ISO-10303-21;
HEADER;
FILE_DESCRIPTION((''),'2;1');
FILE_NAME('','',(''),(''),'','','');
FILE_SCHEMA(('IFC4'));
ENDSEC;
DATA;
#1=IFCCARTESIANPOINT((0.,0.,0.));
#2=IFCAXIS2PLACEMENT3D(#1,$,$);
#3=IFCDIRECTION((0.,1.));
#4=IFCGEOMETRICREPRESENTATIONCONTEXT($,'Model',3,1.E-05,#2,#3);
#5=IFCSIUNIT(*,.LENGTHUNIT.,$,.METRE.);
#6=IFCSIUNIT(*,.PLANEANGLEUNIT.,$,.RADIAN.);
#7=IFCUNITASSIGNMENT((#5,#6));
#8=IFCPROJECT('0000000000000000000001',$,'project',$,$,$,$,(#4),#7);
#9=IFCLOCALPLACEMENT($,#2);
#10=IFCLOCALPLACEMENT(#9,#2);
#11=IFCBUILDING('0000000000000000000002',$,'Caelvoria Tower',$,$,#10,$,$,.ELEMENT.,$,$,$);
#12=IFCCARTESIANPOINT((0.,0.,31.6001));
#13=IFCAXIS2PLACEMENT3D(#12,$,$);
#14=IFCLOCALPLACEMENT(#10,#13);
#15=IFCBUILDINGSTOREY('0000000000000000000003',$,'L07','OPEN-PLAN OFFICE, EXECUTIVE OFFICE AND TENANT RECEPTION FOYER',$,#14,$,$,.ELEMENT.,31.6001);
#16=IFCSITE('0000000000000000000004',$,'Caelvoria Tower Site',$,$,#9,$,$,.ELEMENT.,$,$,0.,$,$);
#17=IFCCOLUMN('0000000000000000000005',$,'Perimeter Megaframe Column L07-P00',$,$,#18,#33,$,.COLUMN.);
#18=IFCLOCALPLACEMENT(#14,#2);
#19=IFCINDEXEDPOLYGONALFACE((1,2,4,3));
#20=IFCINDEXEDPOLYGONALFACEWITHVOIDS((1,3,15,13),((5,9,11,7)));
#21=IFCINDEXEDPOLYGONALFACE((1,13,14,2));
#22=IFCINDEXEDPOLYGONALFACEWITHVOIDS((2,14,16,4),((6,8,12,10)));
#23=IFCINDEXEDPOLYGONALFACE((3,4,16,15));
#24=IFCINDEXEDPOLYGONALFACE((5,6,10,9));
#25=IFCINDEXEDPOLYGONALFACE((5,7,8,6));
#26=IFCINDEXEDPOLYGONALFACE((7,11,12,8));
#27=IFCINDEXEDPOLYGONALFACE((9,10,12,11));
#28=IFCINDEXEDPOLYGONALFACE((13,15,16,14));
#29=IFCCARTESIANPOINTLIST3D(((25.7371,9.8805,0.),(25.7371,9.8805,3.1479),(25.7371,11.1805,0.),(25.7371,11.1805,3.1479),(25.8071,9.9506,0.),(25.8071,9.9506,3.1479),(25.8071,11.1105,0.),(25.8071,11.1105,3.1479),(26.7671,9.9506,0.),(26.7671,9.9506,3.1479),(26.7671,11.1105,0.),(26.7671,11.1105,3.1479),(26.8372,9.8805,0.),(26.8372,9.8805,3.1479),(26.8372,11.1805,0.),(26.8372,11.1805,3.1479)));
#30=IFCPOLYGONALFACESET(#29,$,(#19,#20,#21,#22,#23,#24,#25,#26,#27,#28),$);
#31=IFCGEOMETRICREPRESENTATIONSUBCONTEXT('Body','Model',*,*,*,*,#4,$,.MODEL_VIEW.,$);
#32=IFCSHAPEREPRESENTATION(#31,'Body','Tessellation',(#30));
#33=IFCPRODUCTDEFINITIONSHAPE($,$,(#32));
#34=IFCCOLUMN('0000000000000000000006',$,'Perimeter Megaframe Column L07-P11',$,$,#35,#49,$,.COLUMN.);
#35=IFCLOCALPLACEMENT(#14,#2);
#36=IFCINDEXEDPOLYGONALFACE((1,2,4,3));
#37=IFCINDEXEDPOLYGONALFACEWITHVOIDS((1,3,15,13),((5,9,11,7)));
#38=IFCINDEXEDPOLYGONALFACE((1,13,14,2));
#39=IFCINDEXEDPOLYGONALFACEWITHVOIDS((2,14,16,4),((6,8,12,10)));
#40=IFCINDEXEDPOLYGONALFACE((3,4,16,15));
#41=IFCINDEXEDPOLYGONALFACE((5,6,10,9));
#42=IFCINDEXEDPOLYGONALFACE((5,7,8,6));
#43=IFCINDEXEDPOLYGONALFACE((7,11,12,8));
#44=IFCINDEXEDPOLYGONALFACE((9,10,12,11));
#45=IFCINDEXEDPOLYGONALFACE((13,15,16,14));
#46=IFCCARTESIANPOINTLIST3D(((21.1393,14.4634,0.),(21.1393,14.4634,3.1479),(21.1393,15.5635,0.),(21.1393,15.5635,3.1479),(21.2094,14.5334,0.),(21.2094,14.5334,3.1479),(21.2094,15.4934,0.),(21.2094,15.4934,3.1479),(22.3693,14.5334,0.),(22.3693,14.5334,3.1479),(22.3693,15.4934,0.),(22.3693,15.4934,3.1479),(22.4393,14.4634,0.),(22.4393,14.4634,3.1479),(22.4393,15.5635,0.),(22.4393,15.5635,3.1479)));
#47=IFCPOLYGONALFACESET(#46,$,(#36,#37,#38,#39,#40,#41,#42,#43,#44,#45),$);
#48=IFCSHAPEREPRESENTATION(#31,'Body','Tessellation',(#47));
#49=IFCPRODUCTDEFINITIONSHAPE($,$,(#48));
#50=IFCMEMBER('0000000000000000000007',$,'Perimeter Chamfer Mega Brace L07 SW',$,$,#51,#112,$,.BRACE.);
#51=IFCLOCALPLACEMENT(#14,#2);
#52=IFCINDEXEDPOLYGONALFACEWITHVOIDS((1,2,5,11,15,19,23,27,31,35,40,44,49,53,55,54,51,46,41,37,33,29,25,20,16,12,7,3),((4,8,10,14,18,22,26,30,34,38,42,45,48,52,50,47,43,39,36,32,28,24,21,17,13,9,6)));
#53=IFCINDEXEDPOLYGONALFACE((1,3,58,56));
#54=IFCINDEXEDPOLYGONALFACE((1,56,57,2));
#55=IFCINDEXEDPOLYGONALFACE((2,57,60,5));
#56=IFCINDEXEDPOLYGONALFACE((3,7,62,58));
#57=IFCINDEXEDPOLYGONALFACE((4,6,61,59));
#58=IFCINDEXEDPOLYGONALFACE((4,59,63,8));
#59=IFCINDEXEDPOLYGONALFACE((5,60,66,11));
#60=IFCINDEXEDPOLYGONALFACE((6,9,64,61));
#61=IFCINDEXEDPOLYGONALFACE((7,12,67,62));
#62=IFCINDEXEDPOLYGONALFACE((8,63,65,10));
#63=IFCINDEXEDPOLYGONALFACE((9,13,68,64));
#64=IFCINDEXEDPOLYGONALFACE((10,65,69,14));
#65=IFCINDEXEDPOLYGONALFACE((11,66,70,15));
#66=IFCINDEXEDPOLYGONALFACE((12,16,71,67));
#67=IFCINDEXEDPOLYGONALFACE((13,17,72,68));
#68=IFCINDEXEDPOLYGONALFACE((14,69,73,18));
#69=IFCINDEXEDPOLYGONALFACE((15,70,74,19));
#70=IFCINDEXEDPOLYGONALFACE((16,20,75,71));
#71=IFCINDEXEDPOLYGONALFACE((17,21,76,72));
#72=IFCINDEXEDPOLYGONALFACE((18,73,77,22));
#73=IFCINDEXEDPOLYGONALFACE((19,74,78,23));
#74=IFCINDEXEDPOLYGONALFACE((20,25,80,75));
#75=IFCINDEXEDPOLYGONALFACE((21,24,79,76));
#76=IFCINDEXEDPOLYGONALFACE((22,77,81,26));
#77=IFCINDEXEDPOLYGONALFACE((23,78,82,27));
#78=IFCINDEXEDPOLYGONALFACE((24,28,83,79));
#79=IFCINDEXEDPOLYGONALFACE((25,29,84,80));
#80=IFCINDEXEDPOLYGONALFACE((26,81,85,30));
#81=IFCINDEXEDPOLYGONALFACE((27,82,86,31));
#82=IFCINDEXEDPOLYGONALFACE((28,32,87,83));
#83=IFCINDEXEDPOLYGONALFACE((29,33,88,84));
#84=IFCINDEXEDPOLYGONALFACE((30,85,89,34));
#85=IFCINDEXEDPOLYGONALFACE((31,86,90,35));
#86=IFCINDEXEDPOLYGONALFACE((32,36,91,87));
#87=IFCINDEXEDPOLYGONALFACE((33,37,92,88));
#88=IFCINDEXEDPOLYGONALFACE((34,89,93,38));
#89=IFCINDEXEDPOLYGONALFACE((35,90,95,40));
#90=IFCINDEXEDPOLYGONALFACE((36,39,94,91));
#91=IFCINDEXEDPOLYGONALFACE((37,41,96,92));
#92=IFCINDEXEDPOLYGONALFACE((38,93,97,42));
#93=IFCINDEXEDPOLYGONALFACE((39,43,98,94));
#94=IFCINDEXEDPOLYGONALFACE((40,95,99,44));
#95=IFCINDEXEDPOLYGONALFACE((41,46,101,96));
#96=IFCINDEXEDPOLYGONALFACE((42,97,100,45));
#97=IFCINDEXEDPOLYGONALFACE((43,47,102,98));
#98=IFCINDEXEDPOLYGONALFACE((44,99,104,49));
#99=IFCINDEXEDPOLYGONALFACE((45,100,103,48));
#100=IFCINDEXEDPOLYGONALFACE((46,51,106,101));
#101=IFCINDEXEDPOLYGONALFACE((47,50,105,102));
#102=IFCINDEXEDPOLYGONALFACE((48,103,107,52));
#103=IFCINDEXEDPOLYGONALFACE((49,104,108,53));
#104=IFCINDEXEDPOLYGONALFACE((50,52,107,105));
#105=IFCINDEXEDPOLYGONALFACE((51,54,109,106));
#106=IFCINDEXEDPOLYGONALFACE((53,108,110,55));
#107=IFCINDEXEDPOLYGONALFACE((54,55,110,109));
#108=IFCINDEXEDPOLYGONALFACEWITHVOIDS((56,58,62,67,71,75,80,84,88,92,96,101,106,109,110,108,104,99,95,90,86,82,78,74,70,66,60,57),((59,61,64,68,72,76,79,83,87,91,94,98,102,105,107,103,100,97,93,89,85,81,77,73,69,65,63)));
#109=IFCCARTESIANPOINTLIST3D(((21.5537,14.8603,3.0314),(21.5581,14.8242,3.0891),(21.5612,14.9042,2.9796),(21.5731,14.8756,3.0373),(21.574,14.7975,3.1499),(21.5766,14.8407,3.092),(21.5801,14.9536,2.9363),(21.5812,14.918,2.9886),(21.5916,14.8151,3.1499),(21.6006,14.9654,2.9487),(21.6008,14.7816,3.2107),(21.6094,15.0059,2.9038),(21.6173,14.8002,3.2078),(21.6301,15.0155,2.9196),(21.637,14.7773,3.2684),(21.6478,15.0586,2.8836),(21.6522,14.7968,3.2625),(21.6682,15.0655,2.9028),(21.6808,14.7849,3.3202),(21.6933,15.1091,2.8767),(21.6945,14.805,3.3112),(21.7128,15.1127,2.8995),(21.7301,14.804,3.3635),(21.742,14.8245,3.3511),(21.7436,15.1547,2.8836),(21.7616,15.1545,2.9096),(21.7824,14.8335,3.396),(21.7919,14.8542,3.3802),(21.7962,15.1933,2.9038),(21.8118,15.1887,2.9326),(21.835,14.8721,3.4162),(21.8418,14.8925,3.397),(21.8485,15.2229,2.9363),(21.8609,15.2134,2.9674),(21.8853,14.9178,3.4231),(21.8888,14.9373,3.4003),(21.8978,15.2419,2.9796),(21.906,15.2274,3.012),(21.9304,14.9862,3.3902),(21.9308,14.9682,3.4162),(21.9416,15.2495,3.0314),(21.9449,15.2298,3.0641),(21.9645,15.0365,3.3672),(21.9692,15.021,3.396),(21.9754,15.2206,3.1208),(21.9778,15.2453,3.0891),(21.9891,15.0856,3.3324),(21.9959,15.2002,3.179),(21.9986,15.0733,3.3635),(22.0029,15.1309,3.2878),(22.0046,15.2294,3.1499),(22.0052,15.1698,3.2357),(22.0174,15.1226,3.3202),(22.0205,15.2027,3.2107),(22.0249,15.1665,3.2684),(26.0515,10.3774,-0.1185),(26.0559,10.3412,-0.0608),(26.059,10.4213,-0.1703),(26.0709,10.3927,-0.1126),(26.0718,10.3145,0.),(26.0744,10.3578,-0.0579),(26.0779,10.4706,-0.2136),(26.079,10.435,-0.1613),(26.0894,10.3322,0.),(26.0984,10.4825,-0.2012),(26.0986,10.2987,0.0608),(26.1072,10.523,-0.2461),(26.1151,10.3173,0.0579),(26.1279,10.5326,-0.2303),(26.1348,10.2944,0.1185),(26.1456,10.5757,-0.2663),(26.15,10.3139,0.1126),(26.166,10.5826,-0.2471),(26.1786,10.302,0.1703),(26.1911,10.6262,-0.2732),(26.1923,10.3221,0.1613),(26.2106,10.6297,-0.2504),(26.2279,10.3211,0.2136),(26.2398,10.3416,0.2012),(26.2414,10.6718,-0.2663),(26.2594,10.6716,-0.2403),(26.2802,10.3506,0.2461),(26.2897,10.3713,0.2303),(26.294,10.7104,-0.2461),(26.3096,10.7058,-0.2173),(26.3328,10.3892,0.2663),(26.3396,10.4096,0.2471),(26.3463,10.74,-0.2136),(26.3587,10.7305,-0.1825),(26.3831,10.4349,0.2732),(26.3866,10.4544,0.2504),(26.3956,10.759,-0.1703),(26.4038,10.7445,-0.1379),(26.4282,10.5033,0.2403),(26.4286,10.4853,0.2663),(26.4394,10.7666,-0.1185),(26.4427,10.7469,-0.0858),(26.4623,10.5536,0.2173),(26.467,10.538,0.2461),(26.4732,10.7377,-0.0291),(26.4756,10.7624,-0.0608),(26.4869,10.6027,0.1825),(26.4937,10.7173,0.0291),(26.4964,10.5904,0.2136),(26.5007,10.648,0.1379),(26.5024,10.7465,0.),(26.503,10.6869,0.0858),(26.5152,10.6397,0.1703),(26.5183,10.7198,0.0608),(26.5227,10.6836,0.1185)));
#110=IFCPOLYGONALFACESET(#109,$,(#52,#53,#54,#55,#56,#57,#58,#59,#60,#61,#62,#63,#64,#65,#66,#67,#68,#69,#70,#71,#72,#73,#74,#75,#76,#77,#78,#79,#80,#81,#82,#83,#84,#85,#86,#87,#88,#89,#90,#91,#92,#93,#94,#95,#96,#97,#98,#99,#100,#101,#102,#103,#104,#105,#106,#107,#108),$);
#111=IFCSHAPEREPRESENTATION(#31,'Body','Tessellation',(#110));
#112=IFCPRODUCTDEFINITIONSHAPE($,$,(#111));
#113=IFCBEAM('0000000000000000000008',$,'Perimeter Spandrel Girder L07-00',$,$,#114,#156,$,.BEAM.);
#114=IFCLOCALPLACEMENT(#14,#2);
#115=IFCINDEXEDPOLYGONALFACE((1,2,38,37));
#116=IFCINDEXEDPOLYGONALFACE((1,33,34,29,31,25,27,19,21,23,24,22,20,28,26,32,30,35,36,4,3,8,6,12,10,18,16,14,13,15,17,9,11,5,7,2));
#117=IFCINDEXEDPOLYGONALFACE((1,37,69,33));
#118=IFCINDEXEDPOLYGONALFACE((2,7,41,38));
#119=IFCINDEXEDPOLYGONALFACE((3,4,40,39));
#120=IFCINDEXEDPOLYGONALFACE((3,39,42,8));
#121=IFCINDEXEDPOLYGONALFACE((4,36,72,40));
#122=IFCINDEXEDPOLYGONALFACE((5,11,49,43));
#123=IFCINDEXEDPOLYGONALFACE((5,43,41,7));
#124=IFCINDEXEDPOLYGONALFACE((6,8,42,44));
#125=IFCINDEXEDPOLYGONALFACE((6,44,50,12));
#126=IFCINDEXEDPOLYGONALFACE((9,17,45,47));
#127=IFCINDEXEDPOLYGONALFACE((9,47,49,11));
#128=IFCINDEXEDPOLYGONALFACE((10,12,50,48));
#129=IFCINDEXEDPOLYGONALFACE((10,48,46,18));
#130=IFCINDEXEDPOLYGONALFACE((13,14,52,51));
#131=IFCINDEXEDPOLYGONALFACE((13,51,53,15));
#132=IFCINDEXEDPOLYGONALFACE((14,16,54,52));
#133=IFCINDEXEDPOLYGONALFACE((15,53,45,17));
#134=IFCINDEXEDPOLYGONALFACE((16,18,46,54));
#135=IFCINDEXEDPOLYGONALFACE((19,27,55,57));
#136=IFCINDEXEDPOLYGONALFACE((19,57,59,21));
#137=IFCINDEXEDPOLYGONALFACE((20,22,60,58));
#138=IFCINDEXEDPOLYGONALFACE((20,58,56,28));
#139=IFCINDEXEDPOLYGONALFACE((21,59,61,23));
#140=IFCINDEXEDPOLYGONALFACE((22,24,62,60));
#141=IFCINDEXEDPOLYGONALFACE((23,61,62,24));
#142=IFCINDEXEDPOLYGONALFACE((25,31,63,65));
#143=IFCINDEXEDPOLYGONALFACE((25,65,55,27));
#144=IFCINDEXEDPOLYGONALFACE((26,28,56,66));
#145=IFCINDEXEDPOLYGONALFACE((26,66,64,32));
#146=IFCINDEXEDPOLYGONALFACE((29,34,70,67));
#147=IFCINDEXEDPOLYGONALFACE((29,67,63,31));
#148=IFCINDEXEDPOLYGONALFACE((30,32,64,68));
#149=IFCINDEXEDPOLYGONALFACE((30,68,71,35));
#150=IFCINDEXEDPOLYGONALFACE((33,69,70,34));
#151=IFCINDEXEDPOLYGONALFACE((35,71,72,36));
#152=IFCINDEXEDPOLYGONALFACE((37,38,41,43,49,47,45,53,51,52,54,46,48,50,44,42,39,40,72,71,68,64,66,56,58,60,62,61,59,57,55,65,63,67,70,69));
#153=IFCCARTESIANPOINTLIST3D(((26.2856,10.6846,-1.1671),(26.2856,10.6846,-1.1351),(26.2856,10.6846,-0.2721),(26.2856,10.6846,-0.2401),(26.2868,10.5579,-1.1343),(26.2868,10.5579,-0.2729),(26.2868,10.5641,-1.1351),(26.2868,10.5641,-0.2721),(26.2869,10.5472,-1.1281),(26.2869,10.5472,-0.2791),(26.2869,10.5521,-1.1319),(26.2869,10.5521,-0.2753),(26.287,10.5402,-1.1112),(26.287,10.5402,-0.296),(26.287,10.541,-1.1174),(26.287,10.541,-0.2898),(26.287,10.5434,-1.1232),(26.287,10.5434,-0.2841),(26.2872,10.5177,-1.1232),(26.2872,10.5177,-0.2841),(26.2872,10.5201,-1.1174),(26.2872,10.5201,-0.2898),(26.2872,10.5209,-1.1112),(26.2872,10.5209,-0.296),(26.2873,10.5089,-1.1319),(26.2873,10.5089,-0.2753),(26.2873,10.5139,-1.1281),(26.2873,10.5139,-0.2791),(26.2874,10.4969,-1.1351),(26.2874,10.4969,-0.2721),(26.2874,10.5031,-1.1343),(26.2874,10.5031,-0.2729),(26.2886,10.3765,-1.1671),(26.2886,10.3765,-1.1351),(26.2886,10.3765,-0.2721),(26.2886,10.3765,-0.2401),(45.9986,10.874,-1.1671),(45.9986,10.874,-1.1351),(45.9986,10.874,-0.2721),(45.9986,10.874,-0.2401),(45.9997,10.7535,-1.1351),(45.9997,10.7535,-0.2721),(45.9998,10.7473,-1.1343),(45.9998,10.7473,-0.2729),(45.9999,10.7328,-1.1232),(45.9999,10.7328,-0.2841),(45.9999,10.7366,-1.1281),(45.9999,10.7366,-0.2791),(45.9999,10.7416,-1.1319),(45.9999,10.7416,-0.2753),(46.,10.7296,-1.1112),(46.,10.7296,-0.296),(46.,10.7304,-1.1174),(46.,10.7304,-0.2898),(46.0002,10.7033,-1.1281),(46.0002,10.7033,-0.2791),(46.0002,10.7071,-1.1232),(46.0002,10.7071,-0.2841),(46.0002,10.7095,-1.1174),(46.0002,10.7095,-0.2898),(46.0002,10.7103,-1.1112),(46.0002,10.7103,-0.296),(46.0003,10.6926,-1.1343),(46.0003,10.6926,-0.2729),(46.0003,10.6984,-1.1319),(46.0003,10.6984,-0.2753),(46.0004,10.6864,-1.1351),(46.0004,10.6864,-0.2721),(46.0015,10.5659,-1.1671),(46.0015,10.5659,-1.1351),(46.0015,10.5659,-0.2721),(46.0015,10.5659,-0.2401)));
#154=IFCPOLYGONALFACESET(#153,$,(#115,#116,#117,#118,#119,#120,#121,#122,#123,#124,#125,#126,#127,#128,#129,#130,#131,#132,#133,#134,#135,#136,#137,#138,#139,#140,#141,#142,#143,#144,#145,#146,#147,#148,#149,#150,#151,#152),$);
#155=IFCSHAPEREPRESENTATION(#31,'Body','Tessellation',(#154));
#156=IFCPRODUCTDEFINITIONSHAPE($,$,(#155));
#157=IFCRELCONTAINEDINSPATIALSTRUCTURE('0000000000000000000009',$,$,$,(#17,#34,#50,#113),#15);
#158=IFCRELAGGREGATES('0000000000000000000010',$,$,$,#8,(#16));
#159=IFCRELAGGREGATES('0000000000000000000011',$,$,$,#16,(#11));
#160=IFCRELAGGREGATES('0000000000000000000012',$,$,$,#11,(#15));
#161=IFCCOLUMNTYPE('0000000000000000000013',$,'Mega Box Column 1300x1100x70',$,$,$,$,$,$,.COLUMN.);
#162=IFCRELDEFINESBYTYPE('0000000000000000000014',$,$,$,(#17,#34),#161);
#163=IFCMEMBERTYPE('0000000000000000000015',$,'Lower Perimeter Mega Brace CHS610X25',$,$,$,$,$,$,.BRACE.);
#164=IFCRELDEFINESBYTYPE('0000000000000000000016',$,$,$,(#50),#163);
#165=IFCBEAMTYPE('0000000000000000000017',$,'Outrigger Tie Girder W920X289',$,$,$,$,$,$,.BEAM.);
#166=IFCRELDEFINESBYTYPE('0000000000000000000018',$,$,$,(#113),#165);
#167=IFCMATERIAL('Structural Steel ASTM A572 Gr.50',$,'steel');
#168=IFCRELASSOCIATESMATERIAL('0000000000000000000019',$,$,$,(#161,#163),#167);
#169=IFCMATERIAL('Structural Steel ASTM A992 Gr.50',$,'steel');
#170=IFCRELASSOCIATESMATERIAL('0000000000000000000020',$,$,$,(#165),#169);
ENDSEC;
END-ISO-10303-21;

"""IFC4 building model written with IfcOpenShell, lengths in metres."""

from ifc_helpers import new_model, si_unit, direction, frame, origin, origin_2d, place, context, subcontext, project, spatial, hollow_rectangle, hollow_circle, i_section, extrude, material, material_profile, profile_set, type_object, element, save


model = new_model("IFC4")

# Units and contexts
model_context = context("Model", 3, precision=1e-05, world=origin(), true_north=direction((0.0, 1.0)))
body_context = subcontext(model_context, "Body", "Model", "MODEL_VIEW")
ifc_project = project(units=[si_unit("LENGTHUNIT", "METRE"), si_unit("PLANEANGLEUNIT", "RADIAN")], contexts=[model_context])

# Site, building, storey
site_placement = place(None, origin())
site = spatial("IfcSite", under=ifc_project, at=site_placement, Name="Caelvoria Tower Site", CompositionType="ELEMENT", RefElevation=0.0)
building_placement = place(site_placement, origin())
building = spatial("IfcBuilding", under=site, at=building_placement, Name="Caelvoria Tower", CompositionType="ELEMENT")
storey_placement = place(building_placement, frame((0.0, 0.0, 31.6001)))
storey = spatial("IfcBuildingStorey", under=building, at=storey_placement, Name="L07", Description="OPEN-PLAN OFFICE, EXECUTIVE OFFICE AND TENANT RECEPTION FOYER", CompositionType="ELEMENT", Elevation=31.6001)

# Columns
ifc_material_1 = material(Name="Structural Steel ASTM A572 Gr.50", Category="steel")
ifc_material_profile_1 = material_profile(ifc_material_1, hollow_rectangle(XDim=1.1001, YDim=1.3, WallThickness=0.0701, at=origin_2d()), Name="Structural Steel ASTM A572 Gr.50")
ifc_profile_set_1 = profile_set([ifc_material_profile_1], Name="BOX1300X1100X70 - Structural Steel ASTM A572 Gr.50")
column_type = type_object("IfcColumnType", Name="Mega Box Column 1300x1100x70", PredefinedType="COLUMN", material=ifc_profile_set_1)
for number, where, z_axis, x_axis, name in (
    (1, (26.2871, 10.5305, 0.0), (0.0, 0.0, 1.0), (1.0, 0.0, 0.0), "Perimeter Megaframe Column L07-P00"),
    (2, (21.7893, 15.0134, 0.0), (0.0, 0.0, 1.0), (0.0, 1.0, 0.0), "Perimeter Megaframe Column L07-P11"),
):
    element("IfcColumn", number, at=place(storey_placement, frame(where, z_axis=z_axis, x_axis=x_axis)), inside=storey, type_object=column_type, Name=name, PredefinedType="COLUMN", context=body_context, shape_type="SweptSolid", body=[
        extrude(hollow_rectangle(XDim=1.1001, YDim=1.3, WallThickness=0.0701, at=origin_2d()), origin(), (0.0, 0.0, 1.0), 3.1479),
    ])

# Member
ifc_material_profile_2 = material_profile(ifc_material_1, hollow_circle(Radius=0.3049, WallThickness=0.0249, at=origin_2d()), Name="Structural Steel ASTM A572 Gr.50")
ifc_profile_set_2 = profile_set([ifc_material_profile_2], Name="CHS610X25 - Structural Steel ASTM A572 Gr.50")
member_type = type_object("IfcMemberType", Name="Lower Perimeter Mega Brace CHS610X25", PredefinedType="BRACE", material=ifc_profile_set_2)
member_placement = place(storey_placement, frame((26.2871, 10.5305, 0.0), z_axis=(-0.63451, 0.632409, 0.44436), x_axis=(-0.705933, -0.708278, 0.0)))
element("IfcMember", 3, at=member_placement, inside=storey, type_object=member_type, Name="Perimeter Chamfer Mega Brace L07 SW", PredefinedType="BRACE", context=body_context, shape_type="SweptSolid", body=[
    extrude(hollow_circle(Radius=0.3049, WallThickness=0.0249, at=origin_2d()), origin(), (0.0, 0.0, 1.0), 7.0886),
])

# Beam
ifc_material_2 = material(Name="Structural Steel ASTM A992 Gr.50", Category="steel")
ifc_material_profile_3 = material_profile(ifc_material_2, i_section(OverallWidth=0.3081, OverallDepth=0.927, WebThickness=0.0193, FlangeThickness=0.032, FilletRadius=0.0239, at=origin_2d()), Name="Structural Steel ASTM A992 Gr.50")
ifc_profile_set_3 = profile_set([ifc_material_profile_3], Name="W920X289 - Structural Steel ASTM A992 Gr.50")
beam_type = type_object("IfcBeamType", Name="Outrigger Tie Girder W920X289", PredefinedType="BEAM", material=ifc_profile_set_3)
beam_1_placement = place(storey_placement, frame((26.2871, 10.5305, -0.7036), z_axis=(0.999954, 0.00961, 0.0), x_axis=(-0.00961, 0.999954, 0.0)))
element("IfcBeam", 4, at=beam_1_placement, inside=storey, type_object=beam_type, Name="Perimeter Spandrel Girder L07-00", PredefinedType="BEAM", context=body_context, shape_type="SweptSolid", body=[
    extrude(i_section(OverallWidth=0.3081, OverallDepth=0.927, WebThickness=0.0193, FlangeThickness=0.032, FilletRadius=0.0239, at=origin_2d()), origin(), (0.0, 0.0, 1.0), 19.7139),
])

save(model, "model.ifc")
